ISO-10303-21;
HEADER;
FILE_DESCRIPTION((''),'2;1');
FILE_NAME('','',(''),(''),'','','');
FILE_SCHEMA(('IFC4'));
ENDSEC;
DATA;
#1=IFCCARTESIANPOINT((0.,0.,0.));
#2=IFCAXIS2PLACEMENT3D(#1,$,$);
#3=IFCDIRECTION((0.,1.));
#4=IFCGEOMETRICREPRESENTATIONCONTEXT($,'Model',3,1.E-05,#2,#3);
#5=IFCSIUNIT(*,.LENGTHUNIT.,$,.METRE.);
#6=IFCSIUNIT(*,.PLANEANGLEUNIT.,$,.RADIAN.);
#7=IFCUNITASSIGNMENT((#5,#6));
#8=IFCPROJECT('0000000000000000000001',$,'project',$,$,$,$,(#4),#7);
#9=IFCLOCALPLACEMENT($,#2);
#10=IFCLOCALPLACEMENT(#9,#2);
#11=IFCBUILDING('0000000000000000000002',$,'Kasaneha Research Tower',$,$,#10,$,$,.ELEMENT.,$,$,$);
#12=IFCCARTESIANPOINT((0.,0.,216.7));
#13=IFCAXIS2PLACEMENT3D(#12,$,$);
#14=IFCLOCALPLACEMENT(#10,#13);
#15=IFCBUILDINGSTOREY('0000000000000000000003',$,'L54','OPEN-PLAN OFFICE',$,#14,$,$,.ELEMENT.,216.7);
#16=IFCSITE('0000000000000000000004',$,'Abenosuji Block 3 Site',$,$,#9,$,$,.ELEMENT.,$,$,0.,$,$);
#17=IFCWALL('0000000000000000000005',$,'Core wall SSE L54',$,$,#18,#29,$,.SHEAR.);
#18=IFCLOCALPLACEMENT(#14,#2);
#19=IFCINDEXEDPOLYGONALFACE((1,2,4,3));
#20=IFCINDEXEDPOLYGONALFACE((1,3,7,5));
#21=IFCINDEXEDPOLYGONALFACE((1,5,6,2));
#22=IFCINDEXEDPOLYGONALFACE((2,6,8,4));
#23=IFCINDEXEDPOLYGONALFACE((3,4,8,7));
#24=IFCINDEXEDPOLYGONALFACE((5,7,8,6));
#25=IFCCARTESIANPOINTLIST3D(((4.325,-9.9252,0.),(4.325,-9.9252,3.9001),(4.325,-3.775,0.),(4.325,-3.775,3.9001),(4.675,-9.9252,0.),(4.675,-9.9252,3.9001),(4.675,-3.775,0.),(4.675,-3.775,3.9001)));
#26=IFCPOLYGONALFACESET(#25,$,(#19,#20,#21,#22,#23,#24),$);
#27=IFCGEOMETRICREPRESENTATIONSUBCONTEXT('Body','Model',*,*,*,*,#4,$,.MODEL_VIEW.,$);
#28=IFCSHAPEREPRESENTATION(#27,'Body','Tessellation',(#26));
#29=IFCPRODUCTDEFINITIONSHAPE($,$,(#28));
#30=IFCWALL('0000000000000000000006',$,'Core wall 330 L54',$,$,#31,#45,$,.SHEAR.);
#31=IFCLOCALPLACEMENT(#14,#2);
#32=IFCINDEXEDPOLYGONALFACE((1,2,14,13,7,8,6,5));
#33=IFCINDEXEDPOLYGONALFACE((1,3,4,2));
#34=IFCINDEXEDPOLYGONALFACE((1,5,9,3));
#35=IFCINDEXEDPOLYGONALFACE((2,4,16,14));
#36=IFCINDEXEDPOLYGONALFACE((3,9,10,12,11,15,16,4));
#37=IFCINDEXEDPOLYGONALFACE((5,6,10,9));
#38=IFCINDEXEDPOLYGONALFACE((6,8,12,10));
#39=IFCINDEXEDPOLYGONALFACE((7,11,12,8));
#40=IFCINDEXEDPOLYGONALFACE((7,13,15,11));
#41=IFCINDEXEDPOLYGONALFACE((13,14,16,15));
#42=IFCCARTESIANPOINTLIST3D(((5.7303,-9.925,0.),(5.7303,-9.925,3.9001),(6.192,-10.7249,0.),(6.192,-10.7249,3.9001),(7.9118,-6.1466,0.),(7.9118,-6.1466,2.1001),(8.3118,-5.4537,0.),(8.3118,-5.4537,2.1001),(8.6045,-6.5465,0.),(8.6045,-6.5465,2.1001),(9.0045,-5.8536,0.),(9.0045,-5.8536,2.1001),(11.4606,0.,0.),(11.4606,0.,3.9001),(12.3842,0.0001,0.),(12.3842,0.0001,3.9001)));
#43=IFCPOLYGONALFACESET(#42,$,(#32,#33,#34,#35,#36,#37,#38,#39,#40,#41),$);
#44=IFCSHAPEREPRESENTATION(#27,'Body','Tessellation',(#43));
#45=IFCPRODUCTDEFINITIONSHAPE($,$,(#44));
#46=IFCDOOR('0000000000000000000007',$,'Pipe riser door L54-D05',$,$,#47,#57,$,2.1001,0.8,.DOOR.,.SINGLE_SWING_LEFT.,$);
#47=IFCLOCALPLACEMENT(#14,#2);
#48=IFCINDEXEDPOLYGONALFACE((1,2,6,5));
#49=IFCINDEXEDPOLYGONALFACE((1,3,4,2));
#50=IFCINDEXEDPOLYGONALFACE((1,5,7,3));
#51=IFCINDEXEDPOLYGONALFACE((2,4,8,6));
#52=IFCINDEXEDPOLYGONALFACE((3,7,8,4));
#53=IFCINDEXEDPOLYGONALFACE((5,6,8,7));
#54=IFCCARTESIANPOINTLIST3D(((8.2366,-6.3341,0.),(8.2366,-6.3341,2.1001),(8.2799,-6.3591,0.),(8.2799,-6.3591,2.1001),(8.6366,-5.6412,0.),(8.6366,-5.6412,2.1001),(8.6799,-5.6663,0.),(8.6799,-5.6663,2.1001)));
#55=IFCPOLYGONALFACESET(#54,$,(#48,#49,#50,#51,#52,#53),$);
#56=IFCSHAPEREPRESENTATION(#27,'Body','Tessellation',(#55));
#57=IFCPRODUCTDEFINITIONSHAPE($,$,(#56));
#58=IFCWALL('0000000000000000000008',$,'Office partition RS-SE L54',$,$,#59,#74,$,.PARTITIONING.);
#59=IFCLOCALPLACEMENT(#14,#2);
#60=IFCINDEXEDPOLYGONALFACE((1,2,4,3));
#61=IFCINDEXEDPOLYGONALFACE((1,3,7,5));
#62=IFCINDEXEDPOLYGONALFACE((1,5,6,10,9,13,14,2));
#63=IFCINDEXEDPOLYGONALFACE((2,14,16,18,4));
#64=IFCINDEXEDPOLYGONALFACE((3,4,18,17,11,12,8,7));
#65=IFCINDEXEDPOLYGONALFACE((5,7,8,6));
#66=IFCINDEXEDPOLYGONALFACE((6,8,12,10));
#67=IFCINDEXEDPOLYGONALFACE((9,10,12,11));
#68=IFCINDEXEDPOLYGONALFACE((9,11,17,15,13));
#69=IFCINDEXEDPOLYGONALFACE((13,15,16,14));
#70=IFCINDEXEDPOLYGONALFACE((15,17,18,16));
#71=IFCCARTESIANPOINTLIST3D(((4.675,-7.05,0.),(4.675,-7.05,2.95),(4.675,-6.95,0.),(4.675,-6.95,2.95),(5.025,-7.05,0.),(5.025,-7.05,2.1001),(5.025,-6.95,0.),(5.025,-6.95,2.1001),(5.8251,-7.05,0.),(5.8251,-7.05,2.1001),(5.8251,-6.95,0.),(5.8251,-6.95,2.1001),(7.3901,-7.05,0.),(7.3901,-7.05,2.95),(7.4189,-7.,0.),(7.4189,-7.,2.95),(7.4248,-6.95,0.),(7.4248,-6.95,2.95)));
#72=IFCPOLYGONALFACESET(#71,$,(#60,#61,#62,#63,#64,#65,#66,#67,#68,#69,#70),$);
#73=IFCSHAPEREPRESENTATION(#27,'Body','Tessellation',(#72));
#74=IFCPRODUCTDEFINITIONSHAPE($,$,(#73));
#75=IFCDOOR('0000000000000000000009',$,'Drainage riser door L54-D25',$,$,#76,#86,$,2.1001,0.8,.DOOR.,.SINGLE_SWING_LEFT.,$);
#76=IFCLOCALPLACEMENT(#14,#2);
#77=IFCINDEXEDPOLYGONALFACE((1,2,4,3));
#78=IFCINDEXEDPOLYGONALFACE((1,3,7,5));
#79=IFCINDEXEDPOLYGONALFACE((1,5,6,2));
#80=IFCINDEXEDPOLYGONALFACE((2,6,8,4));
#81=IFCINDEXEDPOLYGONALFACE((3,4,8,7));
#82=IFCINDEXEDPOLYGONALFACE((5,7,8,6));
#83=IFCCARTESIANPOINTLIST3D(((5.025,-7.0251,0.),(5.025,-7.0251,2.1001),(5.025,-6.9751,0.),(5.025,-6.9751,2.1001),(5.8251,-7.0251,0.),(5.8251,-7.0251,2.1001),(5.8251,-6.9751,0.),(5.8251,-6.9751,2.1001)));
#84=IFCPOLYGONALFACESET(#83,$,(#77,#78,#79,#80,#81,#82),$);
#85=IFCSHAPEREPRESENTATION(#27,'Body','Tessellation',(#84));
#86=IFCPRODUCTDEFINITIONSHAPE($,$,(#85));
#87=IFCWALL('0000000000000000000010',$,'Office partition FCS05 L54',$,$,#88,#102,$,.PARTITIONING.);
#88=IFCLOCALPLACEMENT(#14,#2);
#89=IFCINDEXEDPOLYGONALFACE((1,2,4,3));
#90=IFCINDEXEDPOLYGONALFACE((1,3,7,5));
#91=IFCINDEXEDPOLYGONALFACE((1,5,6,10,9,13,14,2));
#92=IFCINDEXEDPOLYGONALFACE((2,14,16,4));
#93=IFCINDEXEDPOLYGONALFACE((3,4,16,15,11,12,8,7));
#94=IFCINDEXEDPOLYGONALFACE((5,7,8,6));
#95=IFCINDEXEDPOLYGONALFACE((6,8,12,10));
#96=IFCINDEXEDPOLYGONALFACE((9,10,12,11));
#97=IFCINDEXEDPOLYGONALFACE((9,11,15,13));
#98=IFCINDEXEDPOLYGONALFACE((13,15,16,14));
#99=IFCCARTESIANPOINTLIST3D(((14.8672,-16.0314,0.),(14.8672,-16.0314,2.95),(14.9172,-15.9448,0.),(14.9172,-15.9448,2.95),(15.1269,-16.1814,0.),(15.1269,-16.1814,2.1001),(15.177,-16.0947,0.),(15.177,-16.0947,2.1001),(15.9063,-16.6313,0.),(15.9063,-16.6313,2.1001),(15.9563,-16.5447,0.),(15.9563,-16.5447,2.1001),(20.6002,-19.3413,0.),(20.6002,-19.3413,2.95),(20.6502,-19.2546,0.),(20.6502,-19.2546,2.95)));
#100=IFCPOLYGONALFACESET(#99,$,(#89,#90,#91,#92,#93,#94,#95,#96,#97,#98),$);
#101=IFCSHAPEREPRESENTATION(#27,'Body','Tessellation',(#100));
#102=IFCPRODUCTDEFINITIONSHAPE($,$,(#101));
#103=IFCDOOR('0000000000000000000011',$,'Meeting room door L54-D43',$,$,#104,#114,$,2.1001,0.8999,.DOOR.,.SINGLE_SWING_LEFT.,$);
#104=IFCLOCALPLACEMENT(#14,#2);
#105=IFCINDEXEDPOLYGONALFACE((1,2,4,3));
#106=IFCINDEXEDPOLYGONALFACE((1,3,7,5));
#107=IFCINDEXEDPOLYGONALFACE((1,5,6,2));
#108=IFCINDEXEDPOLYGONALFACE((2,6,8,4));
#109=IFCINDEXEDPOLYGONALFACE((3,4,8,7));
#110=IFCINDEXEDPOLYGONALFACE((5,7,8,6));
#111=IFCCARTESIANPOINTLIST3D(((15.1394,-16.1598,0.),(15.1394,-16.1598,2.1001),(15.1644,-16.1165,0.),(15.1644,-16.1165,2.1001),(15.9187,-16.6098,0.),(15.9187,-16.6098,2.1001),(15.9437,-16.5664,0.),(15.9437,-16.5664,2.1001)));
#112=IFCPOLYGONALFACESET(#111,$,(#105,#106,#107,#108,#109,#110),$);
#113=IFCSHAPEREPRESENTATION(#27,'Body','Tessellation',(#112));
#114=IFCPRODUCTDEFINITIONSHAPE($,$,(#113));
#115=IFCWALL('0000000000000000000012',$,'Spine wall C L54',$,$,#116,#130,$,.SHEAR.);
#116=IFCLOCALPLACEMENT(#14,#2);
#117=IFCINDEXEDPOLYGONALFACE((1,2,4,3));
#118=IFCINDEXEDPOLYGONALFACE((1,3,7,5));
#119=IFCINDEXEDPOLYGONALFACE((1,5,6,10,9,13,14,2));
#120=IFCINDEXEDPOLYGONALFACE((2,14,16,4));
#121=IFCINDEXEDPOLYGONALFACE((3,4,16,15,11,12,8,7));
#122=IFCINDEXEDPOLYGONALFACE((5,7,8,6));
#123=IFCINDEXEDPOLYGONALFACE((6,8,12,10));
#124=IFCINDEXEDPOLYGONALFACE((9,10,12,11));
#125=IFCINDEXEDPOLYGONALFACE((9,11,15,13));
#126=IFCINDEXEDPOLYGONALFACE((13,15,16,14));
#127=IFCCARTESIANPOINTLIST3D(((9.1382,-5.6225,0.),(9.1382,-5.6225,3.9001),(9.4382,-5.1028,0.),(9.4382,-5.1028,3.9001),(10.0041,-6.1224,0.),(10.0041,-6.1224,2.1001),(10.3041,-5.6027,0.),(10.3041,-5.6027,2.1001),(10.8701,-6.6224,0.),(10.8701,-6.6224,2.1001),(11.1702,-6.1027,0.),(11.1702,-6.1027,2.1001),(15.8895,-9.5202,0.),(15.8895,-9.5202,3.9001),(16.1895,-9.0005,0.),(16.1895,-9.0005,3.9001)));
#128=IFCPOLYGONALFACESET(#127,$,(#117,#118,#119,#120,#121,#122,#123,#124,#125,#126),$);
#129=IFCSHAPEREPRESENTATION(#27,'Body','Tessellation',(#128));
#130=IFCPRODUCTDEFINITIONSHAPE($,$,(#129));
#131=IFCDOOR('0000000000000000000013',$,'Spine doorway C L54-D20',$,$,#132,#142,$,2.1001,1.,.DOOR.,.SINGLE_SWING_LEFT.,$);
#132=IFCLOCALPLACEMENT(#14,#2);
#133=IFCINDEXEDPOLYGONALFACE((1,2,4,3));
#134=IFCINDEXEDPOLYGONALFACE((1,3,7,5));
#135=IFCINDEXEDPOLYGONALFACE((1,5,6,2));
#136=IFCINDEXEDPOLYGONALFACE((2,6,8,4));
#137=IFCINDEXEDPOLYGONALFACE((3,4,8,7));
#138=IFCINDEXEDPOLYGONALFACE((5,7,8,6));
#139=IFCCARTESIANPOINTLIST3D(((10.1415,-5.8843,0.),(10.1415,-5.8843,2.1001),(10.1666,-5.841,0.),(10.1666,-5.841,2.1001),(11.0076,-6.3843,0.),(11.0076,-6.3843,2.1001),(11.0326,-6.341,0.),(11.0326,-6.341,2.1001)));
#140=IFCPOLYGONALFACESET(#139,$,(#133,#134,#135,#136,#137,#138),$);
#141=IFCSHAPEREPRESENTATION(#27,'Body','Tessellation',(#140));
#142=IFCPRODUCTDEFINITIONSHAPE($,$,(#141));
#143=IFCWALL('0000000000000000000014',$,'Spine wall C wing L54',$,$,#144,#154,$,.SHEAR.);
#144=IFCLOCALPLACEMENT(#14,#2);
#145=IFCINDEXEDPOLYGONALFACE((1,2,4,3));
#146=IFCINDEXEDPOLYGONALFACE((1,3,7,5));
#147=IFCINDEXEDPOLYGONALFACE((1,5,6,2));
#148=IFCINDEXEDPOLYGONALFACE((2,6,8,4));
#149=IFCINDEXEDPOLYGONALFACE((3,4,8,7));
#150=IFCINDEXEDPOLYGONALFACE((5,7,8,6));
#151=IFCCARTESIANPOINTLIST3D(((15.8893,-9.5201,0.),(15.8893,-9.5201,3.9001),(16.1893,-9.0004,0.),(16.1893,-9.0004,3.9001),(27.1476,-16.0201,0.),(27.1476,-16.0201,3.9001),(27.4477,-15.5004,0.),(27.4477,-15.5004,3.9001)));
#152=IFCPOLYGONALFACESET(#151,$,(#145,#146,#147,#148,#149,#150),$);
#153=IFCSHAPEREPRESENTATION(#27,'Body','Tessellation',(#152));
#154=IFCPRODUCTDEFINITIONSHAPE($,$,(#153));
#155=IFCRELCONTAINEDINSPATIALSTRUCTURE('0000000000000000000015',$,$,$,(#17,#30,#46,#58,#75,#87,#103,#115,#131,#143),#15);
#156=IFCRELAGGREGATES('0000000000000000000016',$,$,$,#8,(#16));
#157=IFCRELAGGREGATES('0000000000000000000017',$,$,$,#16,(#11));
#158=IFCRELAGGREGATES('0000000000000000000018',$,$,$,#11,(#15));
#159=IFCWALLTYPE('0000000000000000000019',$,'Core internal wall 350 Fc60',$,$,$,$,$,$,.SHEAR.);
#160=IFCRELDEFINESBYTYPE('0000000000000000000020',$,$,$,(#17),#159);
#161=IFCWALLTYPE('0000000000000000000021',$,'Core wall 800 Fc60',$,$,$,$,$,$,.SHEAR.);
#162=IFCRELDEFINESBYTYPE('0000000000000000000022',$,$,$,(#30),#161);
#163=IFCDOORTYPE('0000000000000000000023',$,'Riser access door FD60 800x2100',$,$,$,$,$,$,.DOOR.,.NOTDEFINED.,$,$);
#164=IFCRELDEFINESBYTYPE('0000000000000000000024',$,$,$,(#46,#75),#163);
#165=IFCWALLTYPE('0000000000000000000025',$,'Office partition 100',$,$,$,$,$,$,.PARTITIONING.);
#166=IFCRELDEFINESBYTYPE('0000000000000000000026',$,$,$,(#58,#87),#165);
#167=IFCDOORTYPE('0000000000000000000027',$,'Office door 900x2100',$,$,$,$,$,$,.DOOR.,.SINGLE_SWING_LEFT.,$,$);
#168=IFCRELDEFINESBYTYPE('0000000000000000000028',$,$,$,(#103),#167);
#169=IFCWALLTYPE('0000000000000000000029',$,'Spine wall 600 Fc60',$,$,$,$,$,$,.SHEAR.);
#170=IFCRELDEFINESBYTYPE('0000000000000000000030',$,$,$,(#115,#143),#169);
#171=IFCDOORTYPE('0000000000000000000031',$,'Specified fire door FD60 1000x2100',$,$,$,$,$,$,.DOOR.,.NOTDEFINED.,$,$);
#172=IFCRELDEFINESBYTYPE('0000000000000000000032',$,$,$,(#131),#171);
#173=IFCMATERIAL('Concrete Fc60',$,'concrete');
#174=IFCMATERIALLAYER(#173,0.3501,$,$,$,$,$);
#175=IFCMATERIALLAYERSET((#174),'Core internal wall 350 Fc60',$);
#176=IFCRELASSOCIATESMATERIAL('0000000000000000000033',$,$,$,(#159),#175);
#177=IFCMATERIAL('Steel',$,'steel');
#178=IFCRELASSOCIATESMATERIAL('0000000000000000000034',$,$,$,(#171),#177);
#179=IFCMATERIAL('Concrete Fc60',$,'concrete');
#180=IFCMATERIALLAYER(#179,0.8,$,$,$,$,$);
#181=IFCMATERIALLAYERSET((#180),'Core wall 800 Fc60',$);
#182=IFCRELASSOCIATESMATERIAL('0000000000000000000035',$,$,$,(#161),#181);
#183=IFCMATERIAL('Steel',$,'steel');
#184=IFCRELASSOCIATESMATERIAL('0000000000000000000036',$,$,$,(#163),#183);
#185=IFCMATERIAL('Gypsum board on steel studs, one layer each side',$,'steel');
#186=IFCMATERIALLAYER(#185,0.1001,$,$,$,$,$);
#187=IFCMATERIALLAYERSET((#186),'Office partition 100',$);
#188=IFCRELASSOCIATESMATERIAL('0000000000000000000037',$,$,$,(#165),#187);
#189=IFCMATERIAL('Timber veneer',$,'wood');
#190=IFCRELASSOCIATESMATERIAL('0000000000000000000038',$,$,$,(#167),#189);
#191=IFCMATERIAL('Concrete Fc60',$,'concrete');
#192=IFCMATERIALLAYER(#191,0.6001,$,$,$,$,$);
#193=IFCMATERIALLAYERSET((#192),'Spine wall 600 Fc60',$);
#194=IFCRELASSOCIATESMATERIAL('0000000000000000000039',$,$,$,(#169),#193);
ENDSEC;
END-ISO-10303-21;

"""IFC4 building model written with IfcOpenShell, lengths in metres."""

from ifc_helpers import new_model, si_unit, direction, frame, frame_2d, origin, place, context, subcontext, project, spatial, polyline, rectangle, outline, extrude, material, layer, layer_set, type_object, element, fill, save


model = new_model("IFC4")

# Units and contexts
model_context = context("Model", 3, precision=1e-05, world=origin(), true_north=direction((0.0, 1.0)))
body_context = subcontext(model_context, "Body", "Model", "MODEL_VIEW")
ifc_project = project(units=[si_unit("LENGTHUNIT", "METRE"), si_unit("PLANEANGLEUNIT", "RADIAN")], contexts=[model_context])

# Site, building, storey
site_placement = place(None, origin())
site = spatial("IfcSite", under=ifc_project, at=site_placement, Name="Abenosuji Block 3 Site", CompositionType="ELEMENT", RefElevation=0.0)
building_placement = place(site_placement, origin())
building = spatial("IfcBuilding", under=site, at=building_placement, Name="Kasaneha Research Tower", CompositionType="ELEMENT")
storey_placement = place(building_placement, frame((0.0, 0.0, 216.7)))
storey = spatial("IfcBuildingStorey", under=building, at=storey_placement, Name="L54", Description="OPEN-PLAN OFFICE", CompositionType="ELEMENT", Elevation=216.7)

# Shared definitions
ifc_material_1 = material(Name="Concrete Fc60", Category="concrete")
ifc_layer_1 = layer(ifc_material_1, 0.3501)
ifc_layer_set_1 = layer_set([ifc_layer_1], Name="Core internal wall 350 Fc60")
wall_type_1 = type_object("IfcWallType", Name="Core internal wall 350 Fc60", PredefinedType="SHEAR", material=ifc_layer_set_1)
ifc_material_2 = material(Name="Steel", Category="steel")
door_type_1 = type_object("IfcDoorType", Name="Specified fire door FD60 1000x2100", OperationType="NOTDEFINED", PredefinedType="DOOR", material=ifc_material_2)

# Wall
wall_1_placement = place(storey_placement, frame((4.5, -3.7749, 0.0), z_axis=(0.0, 0.0, 1.0), x_axis=(0.0, -1.0, 0.0)))
element("IfcWall", 1, at=wall_1_placement, inside=storey, type_object=wall_type_1, Name="Core wall SSE L54", PredefinedType="SHEAR", context=body_context, shape_type="SweptSolid", body=[
    extrude(rectangle(XDim=6.1501, YDim=0.3501, at=frame_2d((3.0752, 0.0))), origin(), (0.0, 0.0, 1.0), 3.9001),
])

# Walls, openings, doors
ifc_material_3 = material(Name="Concrete Fc60", Category="concrete")
ifc_layer_2 = layer(ifc_material_3, 0.8)
ifc_layer_set_2 = layer_set([ifc_layer_2], Name="Core wall 800 Fc60")
wall_type_2 = type_object("IfcWallType", Name="Core wall 800 Fc60", PredefinedType="SHEAR", material=ifc_layer_set_2)
wall_2_placement = place(storey_placement, frame((5.9612, -10.325, 0.0), z_axis=(0.0, 0.0, 1.0), x_axis=(0.500004, 0.866023, 0.0)))
wall_2 = element("IfcWall", 2, at=wall_2_placement, inside=storey, type_object=wall_type_2, Name="Core wall 330 L54", PredefinedType="SHEAR", context=body_context, shape_type="SweptSolid", body=[
    extrude(outline(polyline([(-0.231, -0.3999), (4.594, -0.3999), (5.394, -0.3999), (12.1533, -0.3999), (11.6914, 0.3999), (5.394, 0.3999), (4.594, 0.3999), (0.231, 0.3999), (-0.231, -0.3999)])), origin(), (0.0, 0.0, 1.0), 3.9001),
])
opening_1_placement = place(wall_2_placement, frame((4.594, 0.0, 0.0)))
opening_1 = element("IfcOpeningElement", 3, at=opening_1_placement, cuts=wall_2, PredefinedType="OPENING", context=body_context, shape_type="SweptSolid", body=[
    extrude(rectangle(XDim=0.8, YDim=2.1001, at=frame_2d((0.3999, 1.05))), frame((0.0, 0.4102, 0.0), z_axis=(0.0, -1.0, 0.0), x_axis=(1.0, 0.0, 0.0)), (0.0, 0.0, 1.0), 0.8201),
])
ifc_material_4 = material(Name="Steel", Category="steel")
door_type_2 = type_object("IfcDoorType", Name="Riser access door FD60 800x2100", OperationType="NOTDEFINED", PredefinedType="DOOR", material=ifc_material_4)
door_1_placement = place(opening_1_placement, origin())
door_1 = element("IfcDoor", 4, at=door_1_placement, inside=storey, type_object=door_type_2, Name="Pipe riser door L54-D05", OperationType="SINGLE_SWING_LEFT", OverallHeight=2.1001, OverallWidth=0.8, PredefinedType="DOOR", context=body_context, shape_type="SweptSolid", body=[
    extrude(rectangle(XDim=0.8, YDim=2.1001, at=frame_2d((0.3999, 1.05))), frame((0.0, 0.0249, 0.0), z_axis=(0.0, -1.0, 0.0), x_axis=(1.0, 0.0, 0.0)), (0.0, 0.0, 1.0), 0.05),
])
fill(opening_1, door_1)
ifc_material_5 = material(Name="Gypsum board on steel studs, one layer each side", Category="steel")
ifc_layer_3 = layer(ifc_material_5, 0.1001)
ifc_layer_set_3 = layer_set([ifc_layer_3], Name="Office partition 100")
wall_type_3 = type_object("IfcWallType", Name="Office partition 100", PredefinedType="PARTITIONING", material=ifc_layer_set_3)
wall_3_placement = place(storey_placement, frame((4.675, -7.0, 0.0), z_axis=(0.0, 0.0, 1.0), x_axis=(1.0, 0.0, 0.0)))
wall_3 = element("IfcWall", 5, at=wall_3_placement, inside=storey, type_object=wall_type_3, Name="Office partition RS-SE L54", PredefinedType="PARTITIONING", context=body_context, shape_type="SweptSolid", body=[
    extrude(outline(polyline([(0.0, -0.05), (0.3501, -0.05), (1.1501, -0.05), (2.7151, -0.05), (2.7439, 0.0), (2.7498, 0.05), (1.1501, 0.05), (0.3501, 0.05), (0.0, 0.05), (0.0, -0.05)])), origin(), (0.0, 0.0, 1.0), 2.95),
])
opening_2_placement = place(wall_3_placement, frame((0.3501, 0.0, 0.0)))
opening_2 = element("IfcOpeningElement", 6, at=opening_2_placement, cuts=wall_3, PredefinedType="OPENING", context=body_context, shape_type="SweptSolid", body=[
    extrude(rectangle(XDim=0.8, YDim=2.1001, at=frame_2d((0.3999, 1.05))), frame((0.0, 0.0601, 0.0), z_axis=(0.0, -1.0, 0.0), x_axis=(1.0, 0.0, 0.0)), (0.0, 0.0, 1.0), 0.1201),
])
door_2_placement = place(opening_2_placement, origin())
door_2 = element("IfcDoor", 7, at=door_2_placement, inside=storey, type_object=door_type_2, Name="Drainage riser door L54-D25", OperationType="SINGLE_SWING_LEFT", OverallHeight=2.1001, OverallWidth=0.8, PredefinedType="DOOR", context=body_context, shape_type="SweptSolid", body=[
    extrude(rectangle(XDim=0.8, YDim=2.1001, at=frame_2d((0.3999, 1.05))), frame((0.0, 0.0249, 0.0), z_axis=(0.0, -1.0, 0.0), x_axis=(1.0, 0.0, 0.0)), (0.0, 0.0, 1.0), 0.05),
])
fill(opening_2, door_2)
wall_4_placement = place(storey_placement, frame((14.8921, -15.988, 0.0), z_axis=(0.0, 0.0, 1.0), x_axis=(0.866031, -0.499991, 0.0)))
wall_4 = element("IfcWall", 8, at=wall_4_placement, inside=storey, type_object=wall_type_3, Name="Office partition FCS05 L54", PredefinedType="PARTITIONING", context=body_context, shape_type="SweptSolid", body=[
    extrude(rectangle(XDim=6.6199, YDim=0.1001, at=frame_2d((3.3101, 0.0))), origin(), (0.0, 0.0, 1.0), 2.95),
])
opening_3_placement = place(wall_4_placement, frame((0.3, 0.0, 0.0)))
opening_3 = element("IfcOpeningElement", 9, at=opening_3_placement, cuts=wall_4, PredefinedType="OPENING", context=body_context, shape_type="SweptSolid", body=[
    extrude(rectangle(XDim=0.8999, YDim=2.1001, at=frame_2d((0.45, 1.05))), frame((0.0, 0.0601, 0.0), z_axis=(0.0, -1.0, 0.0), x_axis=(1.0, 0.0, 0.0)), (0.0, 0.0, 1.0), 0.1201),
])
ifc_material_6 = material(Name="Timber veneer", Category="wood")
door_type_3 = type_object("IfcDoorType", Name="Office door 900x2100", OperationType="SINGLE_SWING_LEFT", PredefinedType="DOOR", material=ifc_material_6)
door_3_placement = place(opening_3_placement, origin())
door_3 = element("IfcDoor", 10, at=door_3_placement, inside=storey, type_object=door_type_3, Name="Meeting room door L54-D43", OperationType="SINGLE_SWING_LEFT", OverallHeight=2.1001, OverallWidth=0.8999, PredefinedType="DOOR", context=body_context, shape_type="SweptSolid", body=[
    extrude(rectangle(XDim=0.8999, YDim=2.1001, at=frame_2d((0.45, 1.05))), frame((0.0, 0.0249, 0.0), z_axis=(0.0, -1.0, 0.0), x_axis=(1.0, 0.0, 0.0)), (0.0, 0.0, 1.0), 0.05),
])
fill(opening_3, door_3)
ifc_material_7 = material(Name="Concrete Fc60", Category="concrete")
ifc_layer_4 = layer(ifc_material_7, 0.6001)
ifc_layer_set_4 = layer_set([ifc_layer_4], Name="Spine wall 600 Fc60")
wall_type_4 = type_object("IfcWallType", Name="Spine wall 600 Fc60", PredefinedType="SHEAR", material=ifc_layer_set_4)
wall_5_placement = place(storey_placement, frame((9.2881, -5.3625, 0.0), z_axis=(0.0, 0.0, 1.0), x_axis=(0.866032, -0.499989, 0.0)))
wall_5 = element("IfcWall", 11, at=wall_5_placement, inside=storey, type_object=wall_type_4, Name="Spine wall C L54", PredefinedType="SHEAR", context=body_context, shape_type="SweptSolid", body=[
    extrude(rectangle(XDim=7.7957, YDim=0.6001, at=frame_2d((3.8979, 0.0))), origin(), (0.0, 0.0, 1.0), 3.9001),
])
opening_4_placement = place(wall_5_placement, frame((1.0, 0.0, 0.0)))
opening_4 = element("IfcOpeningElement", 12, at=opening_4_placement, cuts=wall_5, PredefinedType="OPENING", context=body_context, shape_type="SweptSolid", body=[
    extrude(rectangle(XDim=1.0, YDim=2.1001, at=frame_2d((0.5, 1.05))), frame((0.0, 0.3101, 0.0), z_axis=(0.0, -1.0, 0.0), x_axis=(1.0, 0.0, 0.0)), (0.0, 0.0, 1.0), 0.6201),
])
door_4_placement = place(opening_4_placement, origin())
door_4 = element("IfcDoor", 13, at=door_4_placement, inside=storey, type_object=door_type_1, Name="Spine doorway C L54-D20", OperationType="SINGLE_SWING_LEFT", OverallHeight=2.1001, OverallWidth=1.0, PredefinedType="DOOR", context=body_context, shape_type="SweptSolid", body=[
    extrude(rectangle(XDim=1.0, YDim=2.1001, at=frame_2d((0.5, 1.05))), frame((0.0, 0.0249, 0.0), z_axis=(0.0, -1.0, 0.0), x_axis=(1.0, 0.0, 0.0)), (0.0, 0.0, 1.0), 0.05),
])
fill(opening_4, door_4)

# Wall
wall_6_placement = place(storey_placement, frame((16.0393, -9.2603, 0.0), z_axis=(0.0, 0.0, 1.0), x_axis=(0.866025, -0.500001, 0.0)))
element("IfcWall", 14, at=wall_6_placement, inside=storey, type_object=wall_type_4, Name="Spine wall C wing L54", PredefinedType="SHEAR", context=body_context, shape_type="SweptSolid", body=[
    extrude(rectangle(XDim=13.0, YDim=0.6001, at=frame_2d((6.5, 0.0))), origin(), (0.0, 0.0, 1.0), 3.9001),
])

save(model, "model.ifc")
